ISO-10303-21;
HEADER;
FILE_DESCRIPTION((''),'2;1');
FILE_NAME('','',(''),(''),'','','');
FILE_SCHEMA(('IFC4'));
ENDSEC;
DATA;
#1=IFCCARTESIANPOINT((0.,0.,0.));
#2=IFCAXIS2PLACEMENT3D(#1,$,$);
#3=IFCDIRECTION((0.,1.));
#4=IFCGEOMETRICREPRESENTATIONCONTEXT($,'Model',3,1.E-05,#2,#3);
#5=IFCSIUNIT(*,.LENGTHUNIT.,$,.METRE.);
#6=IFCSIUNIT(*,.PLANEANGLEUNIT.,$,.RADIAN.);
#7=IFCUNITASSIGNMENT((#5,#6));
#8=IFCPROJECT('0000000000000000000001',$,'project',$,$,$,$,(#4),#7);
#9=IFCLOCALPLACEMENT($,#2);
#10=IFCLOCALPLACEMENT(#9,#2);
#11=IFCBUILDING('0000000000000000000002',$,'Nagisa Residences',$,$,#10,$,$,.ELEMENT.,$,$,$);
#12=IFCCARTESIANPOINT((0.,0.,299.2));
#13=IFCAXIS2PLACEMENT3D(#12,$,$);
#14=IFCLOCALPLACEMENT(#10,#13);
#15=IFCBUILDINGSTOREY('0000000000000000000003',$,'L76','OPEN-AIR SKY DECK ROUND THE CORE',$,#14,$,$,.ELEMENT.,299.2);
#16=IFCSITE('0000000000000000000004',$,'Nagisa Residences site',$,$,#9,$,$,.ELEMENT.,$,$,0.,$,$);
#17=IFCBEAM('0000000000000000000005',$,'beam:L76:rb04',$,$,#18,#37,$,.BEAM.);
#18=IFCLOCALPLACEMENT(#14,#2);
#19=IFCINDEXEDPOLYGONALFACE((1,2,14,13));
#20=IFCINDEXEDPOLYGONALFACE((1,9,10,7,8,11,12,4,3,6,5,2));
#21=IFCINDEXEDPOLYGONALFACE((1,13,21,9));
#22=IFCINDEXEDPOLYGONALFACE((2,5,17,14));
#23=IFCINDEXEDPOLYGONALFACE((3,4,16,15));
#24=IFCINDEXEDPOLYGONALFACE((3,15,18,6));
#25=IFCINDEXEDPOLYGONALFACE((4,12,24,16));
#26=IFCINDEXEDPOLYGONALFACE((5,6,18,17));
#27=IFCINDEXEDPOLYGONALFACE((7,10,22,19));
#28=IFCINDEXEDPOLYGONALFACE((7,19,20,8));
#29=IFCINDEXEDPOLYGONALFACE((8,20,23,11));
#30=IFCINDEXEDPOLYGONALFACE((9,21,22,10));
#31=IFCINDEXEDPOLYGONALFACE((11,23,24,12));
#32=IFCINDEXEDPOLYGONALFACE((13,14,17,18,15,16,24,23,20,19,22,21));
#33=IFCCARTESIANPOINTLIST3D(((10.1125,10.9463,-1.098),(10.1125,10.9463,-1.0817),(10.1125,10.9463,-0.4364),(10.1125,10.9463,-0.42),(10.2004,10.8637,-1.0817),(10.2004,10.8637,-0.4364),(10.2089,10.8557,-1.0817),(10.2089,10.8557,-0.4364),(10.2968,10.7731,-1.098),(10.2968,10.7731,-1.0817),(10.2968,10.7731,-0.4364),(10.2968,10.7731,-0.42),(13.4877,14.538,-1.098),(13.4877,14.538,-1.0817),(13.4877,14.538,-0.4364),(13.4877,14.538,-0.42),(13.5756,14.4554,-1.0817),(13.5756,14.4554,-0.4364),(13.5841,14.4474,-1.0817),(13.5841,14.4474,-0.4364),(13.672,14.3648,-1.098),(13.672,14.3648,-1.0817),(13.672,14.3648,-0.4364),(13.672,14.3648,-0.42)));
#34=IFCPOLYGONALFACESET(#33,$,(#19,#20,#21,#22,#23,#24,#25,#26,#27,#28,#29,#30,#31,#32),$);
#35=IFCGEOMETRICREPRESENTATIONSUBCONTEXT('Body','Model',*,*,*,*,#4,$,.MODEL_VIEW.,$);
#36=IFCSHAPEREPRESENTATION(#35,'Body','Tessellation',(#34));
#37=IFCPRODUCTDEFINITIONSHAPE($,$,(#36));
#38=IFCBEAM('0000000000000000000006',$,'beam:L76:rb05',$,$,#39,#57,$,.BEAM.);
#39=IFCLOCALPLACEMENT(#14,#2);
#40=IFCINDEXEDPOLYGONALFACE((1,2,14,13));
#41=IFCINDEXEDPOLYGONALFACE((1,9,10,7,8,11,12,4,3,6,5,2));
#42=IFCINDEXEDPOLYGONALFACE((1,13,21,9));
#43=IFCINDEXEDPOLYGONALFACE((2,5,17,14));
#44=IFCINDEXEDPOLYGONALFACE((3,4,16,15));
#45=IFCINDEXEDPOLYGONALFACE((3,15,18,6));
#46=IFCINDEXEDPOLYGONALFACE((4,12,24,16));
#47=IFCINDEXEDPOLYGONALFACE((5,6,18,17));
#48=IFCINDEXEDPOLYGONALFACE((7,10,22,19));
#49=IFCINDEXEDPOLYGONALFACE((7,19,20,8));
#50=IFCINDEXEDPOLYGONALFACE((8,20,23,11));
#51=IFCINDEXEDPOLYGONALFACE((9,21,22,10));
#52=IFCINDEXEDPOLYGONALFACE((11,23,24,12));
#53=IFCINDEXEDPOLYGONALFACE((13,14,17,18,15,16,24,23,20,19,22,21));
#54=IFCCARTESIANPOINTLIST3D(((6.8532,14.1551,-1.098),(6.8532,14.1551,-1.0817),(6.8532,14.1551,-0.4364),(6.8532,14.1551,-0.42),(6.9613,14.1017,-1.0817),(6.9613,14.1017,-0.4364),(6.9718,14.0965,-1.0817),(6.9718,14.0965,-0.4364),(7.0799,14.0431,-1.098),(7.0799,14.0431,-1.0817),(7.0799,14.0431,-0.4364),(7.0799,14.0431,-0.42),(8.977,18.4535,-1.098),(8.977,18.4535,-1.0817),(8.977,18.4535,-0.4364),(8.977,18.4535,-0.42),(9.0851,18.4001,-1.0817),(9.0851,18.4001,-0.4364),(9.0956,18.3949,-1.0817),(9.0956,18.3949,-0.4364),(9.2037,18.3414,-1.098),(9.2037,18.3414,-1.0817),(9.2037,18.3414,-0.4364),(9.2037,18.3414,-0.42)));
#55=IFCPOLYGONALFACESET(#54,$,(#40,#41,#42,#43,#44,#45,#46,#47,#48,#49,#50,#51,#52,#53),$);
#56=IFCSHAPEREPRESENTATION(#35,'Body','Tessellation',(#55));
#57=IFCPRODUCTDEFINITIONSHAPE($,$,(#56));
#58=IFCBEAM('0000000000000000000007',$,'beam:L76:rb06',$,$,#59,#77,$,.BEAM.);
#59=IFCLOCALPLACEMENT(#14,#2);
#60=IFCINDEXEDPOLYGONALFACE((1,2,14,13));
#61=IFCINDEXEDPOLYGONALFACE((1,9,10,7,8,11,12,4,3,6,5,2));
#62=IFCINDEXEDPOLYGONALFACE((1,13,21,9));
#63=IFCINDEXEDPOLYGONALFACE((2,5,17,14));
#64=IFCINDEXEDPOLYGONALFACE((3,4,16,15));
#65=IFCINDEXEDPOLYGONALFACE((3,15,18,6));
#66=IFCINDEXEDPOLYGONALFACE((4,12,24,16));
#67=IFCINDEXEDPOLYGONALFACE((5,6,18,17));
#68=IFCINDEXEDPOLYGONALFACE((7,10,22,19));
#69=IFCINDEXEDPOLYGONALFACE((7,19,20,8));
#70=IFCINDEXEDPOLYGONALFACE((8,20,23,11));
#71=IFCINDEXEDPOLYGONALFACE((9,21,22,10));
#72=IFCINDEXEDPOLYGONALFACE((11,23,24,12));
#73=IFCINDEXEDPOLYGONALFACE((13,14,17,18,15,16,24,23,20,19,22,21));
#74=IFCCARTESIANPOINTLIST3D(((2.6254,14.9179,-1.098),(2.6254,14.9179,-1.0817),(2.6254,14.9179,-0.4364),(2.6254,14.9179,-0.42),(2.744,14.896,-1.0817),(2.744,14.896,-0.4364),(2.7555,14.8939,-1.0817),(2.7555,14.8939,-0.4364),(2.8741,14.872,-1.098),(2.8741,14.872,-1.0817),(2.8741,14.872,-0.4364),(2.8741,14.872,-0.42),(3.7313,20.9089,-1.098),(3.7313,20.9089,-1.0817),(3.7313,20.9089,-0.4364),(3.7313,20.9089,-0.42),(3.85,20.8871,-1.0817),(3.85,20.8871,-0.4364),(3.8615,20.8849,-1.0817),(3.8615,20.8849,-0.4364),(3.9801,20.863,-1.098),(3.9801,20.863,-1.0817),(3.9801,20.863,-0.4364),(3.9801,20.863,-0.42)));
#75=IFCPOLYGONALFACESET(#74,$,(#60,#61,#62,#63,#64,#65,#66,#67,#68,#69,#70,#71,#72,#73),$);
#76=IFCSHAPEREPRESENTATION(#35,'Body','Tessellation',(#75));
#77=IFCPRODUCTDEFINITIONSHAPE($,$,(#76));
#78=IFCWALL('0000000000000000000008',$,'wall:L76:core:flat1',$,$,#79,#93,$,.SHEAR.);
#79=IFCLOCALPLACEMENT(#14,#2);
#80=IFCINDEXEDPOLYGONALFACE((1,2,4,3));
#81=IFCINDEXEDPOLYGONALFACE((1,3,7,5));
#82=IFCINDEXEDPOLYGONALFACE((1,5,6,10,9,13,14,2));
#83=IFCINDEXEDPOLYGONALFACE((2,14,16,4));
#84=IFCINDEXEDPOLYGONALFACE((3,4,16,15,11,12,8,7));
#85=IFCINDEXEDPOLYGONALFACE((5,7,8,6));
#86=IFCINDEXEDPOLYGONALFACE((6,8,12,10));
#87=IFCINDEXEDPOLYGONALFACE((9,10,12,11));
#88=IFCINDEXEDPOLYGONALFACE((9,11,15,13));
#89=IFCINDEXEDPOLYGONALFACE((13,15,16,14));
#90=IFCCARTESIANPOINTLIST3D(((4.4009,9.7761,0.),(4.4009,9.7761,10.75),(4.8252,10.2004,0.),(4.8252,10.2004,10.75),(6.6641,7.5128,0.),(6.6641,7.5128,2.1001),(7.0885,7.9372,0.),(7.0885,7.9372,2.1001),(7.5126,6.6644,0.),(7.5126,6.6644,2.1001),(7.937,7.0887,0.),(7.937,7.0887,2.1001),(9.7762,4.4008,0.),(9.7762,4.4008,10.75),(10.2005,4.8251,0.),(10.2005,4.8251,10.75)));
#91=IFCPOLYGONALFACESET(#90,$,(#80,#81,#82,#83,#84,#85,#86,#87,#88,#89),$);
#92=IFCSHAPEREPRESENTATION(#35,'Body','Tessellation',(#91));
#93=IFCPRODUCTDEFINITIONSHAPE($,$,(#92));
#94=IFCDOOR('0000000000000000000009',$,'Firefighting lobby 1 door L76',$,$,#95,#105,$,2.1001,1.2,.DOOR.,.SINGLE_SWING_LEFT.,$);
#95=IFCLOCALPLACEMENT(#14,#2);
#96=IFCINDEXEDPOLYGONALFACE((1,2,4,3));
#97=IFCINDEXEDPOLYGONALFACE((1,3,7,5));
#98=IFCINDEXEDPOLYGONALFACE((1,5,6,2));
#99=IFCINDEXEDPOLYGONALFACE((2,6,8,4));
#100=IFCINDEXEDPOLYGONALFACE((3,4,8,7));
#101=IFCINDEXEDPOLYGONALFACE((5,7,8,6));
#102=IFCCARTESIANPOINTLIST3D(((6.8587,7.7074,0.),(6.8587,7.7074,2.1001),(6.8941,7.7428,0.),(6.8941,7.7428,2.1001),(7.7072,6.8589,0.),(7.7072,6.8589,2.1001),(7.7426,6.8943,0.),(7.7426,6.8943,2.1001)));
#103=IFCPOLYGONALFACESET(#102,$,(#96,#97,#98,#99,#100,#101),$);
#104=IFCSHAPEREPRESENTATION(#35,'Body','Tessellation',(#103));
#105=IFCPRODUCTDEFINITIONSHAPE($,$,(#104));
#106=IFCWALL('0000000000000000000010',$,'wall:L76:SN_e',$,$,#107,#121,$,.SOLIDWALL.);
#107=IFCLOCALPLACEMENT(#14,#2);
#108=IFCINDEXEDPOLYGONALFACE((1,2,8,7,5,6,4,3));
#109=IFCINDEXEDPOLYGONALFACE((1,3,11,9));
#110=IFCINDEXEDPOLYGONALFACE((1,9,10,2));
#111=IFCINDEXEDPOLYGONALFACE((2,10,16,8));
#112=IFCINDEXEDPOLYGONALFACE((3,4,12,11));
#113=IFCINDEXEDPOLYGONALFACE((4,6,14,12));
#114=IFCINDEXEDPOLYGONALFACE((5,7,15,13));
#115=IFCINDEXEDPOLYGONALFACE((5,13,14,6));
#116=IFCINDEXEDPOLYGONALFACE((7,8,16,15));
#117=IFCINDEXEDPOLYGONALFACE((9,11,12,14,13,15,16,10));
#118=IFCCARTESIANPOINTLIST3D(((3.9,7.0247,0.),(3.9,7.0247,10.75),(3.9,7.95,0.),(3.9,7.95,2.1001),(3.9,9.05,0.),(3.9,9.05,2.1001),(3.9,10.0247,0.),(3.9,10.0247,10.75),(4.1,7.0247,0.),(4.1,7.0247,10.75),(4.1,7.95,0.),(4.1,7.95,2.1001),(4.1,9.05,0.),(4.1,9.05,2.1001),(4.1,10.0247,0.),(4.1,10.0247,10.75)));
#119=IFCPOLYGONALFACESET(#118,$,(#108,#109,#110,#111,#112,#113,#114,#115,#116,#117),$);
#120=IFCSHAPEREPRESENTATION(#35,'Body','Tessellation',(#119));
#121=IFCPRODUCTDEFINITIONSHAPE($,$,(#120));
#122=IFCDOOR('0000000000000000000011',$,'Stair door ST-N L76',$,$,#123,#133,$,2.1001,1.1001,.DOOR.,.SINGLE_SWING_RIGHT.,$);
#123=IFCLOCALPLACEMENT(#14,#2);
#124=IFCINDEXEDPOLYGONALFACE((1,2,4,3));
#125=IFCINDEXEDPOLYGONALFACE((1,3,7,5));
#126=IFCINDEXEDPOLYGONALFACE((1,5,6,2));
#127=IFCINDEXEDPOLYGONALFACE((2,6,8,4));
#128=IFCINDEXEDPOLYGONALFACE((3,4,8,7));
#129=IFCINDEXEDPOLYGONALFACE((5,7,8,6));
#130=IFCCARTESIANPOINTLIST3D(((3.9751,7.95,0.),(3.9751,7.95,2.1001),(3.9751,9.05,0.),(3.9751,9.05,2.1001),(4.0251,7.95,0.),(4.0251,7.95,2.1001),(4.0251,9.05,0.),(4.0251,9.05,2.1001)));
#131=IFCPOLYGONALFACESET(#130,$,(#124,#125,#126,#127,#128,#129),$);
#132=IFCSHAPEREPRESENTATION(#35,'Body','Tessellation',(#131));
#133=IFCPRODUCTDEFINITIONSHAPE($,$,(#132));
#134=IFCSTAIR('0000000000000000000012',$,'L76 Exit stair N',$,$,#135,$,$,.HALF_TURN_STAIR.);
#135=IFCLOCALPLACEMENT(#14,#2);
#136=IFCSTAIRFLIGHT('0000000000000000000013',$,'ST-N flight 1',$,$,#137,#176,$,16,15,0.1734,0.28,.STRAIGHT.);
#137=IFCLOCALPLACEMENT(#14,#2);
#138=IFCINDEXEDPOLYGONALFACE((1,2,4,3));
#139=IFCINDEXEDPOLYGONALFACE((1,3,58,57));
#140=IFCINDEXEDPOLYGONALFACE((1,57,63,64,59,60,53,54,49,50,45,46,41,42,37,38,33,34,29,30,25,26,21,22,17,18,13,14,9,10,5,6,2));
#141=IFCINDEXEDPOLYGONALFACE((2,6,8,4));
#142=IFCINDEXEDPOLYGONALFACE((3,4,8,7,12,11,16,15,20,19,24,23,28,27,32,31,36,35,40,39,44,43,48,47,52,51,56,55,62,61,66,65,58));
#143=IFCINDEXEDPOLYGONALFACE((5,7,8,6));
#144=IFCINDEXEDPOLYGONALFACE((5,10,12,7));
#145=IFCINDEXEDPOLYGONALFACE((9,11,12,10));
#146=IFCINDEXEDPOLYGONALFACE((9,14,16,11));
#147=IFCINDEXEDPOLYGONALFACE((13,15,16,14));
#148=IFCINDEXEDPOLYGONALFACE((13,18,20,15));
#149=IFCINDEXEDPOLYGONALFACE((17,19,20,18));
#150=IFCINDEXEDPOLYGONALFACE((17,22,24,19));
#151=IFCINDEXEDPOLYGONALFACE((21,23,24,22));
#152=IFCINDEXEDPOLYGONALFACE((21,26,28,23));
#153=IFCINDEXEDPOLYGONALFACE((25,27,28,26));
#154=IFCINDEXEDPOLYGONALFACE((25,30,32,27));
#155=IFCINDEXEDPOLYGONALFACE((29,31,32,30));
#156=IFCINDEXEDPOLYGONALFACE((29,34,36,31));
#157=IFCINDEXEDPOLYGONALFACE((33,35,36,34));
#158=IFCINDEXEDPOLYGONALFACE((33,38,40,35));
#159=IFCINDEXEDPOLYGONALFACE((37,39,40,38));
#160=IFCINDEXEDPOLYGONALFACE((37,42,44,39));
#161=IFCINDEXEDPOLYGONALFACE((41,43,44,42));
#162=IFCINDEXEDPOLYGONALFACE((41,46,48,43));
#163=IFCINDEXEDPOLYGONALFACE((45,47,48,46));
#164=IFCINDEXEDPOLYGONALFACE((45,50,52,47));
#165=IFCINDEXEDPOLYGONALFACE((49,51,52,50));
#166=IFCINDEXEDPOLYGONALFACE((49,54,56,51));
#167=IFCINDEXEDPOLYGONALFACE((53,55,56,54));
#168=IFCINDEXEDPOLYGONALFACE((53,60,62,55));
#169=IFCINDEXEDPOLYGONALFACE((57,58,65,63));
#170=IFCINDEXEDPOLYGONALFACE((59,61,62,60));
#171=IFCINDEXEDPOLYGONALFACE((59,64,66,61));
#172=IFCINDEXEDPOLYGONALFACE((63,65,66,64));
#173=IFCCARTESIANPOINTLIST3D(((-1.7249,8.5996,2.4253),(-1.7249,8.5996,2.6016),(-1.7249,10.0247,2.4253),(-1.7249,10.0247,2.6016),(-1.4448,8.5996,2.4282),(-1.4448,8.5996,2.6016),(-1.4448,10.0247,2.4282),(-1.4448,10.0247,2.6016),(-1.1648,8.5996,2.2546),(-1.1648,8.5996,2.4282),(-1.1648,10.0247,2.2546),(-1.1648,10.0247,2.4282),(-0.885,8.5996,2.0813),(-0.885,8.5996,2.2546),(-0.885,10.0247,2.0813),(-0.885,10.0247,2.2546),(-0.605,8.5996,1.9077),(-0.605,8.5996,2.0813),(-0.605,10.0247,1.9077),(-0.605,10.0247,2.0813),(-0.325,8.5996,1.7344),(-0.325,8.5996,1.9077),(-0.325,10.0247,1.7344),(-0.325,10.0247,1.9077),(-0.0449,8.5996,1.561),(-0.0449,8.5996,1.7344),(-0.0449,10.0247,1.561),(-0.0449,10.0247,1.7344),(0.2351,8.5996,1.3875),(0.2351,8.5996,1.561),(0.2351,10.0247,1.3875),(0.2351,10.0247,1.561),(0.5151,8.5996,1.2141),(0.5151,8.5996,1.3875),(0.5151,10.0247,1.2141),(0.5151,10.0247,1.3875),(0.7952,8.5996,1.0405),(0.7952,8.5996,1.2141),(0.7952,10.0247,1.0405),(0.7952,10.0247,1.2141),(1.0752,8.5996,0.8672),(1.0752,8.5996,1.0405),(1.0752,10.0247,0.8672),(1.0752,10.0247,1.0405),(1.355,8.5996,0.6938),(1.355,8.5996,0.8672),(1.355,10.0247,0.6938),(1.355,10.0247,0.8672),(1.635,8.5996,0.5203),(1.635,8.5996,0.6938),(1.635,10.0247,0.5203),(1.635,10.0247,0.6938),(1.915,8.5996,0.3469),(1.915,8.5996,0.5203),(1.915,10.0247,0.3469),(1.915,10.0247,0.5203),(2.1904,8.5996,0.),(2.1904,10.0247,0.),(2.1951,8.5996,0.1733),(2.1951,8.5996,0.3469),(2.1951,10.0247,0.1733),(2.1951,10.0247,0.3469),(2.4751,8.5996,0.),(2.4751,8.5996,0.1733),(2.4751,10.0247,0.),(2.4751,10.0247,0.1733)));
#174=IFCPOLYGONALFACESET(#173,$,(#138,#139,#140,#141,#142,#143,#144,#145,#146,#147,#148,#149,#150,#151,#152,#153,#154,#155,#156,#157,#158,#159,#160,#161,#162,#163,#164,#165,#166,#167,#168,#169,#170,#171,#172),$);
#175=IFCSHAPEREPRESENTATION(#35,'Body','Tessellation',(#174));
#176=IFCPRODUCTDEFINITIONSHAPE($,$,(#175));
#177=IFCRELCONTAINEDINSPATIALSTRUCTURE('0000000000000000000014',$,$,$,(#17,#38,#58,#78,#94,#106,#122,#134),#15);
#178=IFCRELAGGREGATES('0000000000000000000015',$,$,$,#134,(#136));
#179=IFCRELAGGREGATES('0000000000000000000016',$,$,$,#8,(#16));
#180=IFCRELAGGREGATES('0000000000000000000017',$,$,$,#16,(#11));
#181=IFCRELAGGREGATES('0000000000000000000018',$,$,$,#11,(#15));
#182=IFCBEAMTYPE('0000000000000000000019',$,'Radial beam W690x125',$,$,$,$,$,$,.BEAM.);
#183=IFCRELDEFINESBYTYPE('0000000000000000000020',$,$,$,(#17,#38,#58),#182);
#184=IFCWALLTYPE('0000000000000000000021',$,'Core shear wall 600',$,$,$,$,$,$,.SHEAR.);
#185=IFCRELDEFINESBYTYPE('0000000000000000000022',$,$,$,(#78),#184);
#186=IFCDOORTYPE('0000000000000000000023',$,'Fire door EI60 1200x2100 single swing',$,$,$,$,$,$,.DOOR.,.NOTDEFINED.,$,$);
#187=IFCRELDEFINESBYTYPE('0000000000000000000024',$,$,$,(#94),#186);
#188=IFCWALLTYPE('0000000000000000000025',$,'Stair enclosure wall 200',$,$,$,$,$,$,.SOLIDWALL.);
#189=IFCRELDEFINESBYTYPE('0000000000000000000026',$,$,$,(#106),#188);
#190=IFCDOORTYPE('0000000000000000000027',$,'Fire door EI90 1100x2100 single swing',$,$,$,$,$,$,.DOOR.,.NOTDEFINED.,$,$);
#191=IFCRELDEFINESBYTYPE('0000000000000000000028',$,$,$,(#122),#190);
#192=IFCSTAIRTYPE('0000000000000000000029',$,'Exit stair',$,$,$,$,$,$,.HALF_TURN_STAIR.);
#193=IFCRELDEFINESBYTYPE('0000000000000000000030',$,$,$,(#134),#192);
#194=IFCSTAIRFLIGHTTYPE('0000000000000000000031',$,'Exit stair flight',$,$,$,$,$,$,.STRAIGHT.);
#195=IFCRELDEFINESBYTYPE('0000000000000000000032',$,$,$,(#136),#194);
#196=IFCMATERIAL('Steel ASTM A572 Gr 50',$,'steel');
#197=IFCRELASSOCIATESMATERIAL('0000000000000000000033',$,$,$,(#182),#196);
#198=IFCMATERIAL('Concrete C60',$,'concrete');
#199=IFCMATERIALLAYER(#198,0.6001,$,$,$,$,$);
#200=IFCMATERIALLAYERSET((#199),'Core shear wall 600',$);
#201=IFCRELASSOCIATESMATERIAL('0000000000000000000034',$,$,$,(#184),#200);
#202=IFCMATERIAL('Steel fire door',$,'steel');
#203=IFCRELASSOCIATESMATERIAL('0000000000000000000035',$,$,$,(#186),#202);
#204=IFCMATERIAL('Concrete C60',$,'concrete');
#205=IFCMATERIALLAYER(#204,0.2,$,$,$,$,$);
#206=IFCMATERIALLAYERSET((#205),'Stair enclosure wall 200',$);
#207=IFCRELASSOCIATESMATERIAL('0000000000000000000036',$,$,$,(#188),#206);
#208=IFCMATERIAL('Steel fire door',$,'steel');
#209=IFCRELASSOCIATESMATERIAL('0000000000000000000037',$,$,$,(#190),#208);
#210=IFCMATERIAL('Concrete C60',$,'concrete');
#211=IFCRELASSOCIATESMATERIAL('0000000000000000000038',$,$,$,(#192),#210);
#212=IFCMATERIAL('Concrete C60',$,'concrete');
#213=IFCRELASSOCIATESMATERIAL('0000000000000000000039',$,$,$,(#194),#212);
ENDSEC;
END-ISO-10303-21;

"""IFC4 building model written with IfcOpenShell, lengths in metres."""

from ifc_helpers import new_model, si_unit, direction, frame, frame_2d, origin, origin_2d, place, context, subcontext, project, spatial, polyline, rectangle, i_section, outline, extrude, material, layer, layer_set, material_profile, profile_set, type_object, element, fill, aggregate, save


model = new_model("IFC4")

# Units and contexts
model_context = context("Model", 3, precision=1e-05, world=origin(), true_north=direction((0.0, 1.0)))
body_context = subcontext(model_context, "Body", "Model", "MODEL_VIEW")
ifc_project = project(units=[si_unit("LENGTHUNIT", "METRE"), si_unit("PLANEANGLEUNIT", "RADIAN")], contexts=[model_context])

# Site, building, storey
site_placement = place(None, origin())
site = spatial("IfcSite", under=ifc_project, at=site_placement, Name="Nagisa Residences site", CompositionType="ELEMENT", RefElevation=0.0)
building_placement = place(site_placement, origin())
building = spatial("IfcBuilding", under=site, at=building_placement, Name="Nagisa Residences", CompositionType="ELEMENT")
storey_placement = place(building_placement, frame((0.0, 0.0, 299.2)))
storey = spatial("IfcBuildingStorey", under=building, at=storey_placement, Name="L76", Description="OPEN-AIR SKY DECK ROUND THE CORE", CompositionType="ELEMENT", Elevation=299.2)

# Beams
ifc_material_1 = material(Name="Steel ASTM A572 Gr 50", Category="steel")
ifc_material_profile_1 = material_profile(ifc_material_1, i_section(OverallWidth=0.2529, OverallDepth=0.678, WebThickness=0.0117, FlangeThickness=0.0164, at=origin_2d()), Name="W690x125")
ifc_profile_set_1 = profile_set([ifc_material_profile_1], Name="Steel ASTM A572 Gr 50")
beam_type_1 = type_object("IfcBeamType", Name="Radial beam W690x125", PredefinedType="BEAM", material=ifc_profile_set_1)
beam_1_placement = place(storey_placement, frame((13.5798, 14.4514, -0.759), z_axis=(-0.684797, -0.728733, 0.0), x_axis=(0.728733, -0.684797, 0.0)))
element("IfcBeam", 1, at=beam_1_placement, inside=storey, type_object=beam_type_1, Name="beam:L76:rb04", PredefinedType="BEAM", context=body_context, shape_type="SweptSolid", body=[
    extrude(i_section(OverallWidth=0.2529, OverallDepth=0.678, WebThickness=0.0117, FlangeThickness=0.0164, at=origin_2d()), origin(), (0.0, 0.0, 1.0), 4.9287),
])
beam_2_placement = place(storey_placement, frame((9.0903, 18.3975, -0.759), z_axis=(-0.442972, -0.896536, 0.0), x_axis=(0.896536, -0.442972, 0.0)))
element("IfcBeam", 2, at=beam_2_placement, inside=storey, type_object=beam_type_1, Name="beam:L76:rb05", PredefinedType="BEAM", context=body_context, shape_type="SweptSolid", body=[
    extrude(i_section(OverallWidth=0.2529, OverallDepth=0.678, WebThickness=0.0117, FlangeThickness=0.0164, at=origin_2d()), origin(), (0.0, 0.0, 1.0), 4.7944),
])
beam_3_placement = place(storey_placement, frame((3.8557, 20.886, -0.759), z_axis=(-0.181537, -0.983384, 0.0), x_axis=(0.983384, -0.181537, 0.0)))
element("IfcBeam", 3, at=beam_3_placement, inside=storey, type_object=beam_type_1, Name="beam:L76:rb06", PredefinedType="BEAM", context=body_context, shape_type="SweptSolid", body=[
    extrude(i_section(OverallWidth=0.2529, OverallDepth=0.678, WebThickness=0.0117, FlangeThickness=0.0164, at=origin_2d()), origin(), (0.0, 0.0, 1.0), 6.0923),
])

# Walls, openings, doors
ifc_material_2 = material(Name="Concrete C60", Category="concrete")
ifc_layer_1 = layer(ifc_material_2, 0.6001)
ifc_layer_set_1 = layer_set([ifc_layer_1], Name="Core shear wall 600")
wall_type_1 = type_object("IfcWallType", Name="Core shear wall 600", PredefinedType="SHEAR", material=ifc_layer_set_1)
wall_1_placement = place(storey_placement, frame((9.9883, 4.613, 0.0), z_axis=(0.0, 0.0, 1.0), x_axis=(-0.707107, 0.707107, 0.0)))
wall_1 = element("IfcWall", 4, at=wall_1_placement, inside=storey, type_object=wall_type_1, Name="wall:L76:core:flat1", PredefinedType="SHEAR", context=body_context, shape_type="SweptSolid", body=[
    extrude(rectangle(XDim=7.6018, YDim=0.6001, at=frame_2d((3.8008, 0.0))), origin(), (0.0, 0.0, 1.0), 10.75),
])
opening_1_placement = place(wall_1_placement, frame((3.2009, 0.0, 0.0)))
opening_1 = element("IfcOpeningElement", 5, at=opening_1_placement, cuts=wall_1, PredefinedType="OPENING", context=body_context, shape_type="SweptSolid", body=[
    extrude(rectangle(XDim=1.2, YDim=2.1001, at=frame_2d((0.6001, 1.05))), frame((0.0, 0.3101, 0.0), z_axis=(0.0, -1.0, 0.0), x_axis=(1.0, 0.0, 0.0)), (0.0, 0.0, 1.0), 0.6201),
])
ifc_material_3 = material(Name="Steel fire door", Category="steel")
door_type_1 = type_object("IfcDoorType", Name="Fire door EI60 1200x2100 single swing", OperationType="NOTDEFINED", PredefinedType="DOOR", material=ifc_material_3)
door_1_placement = place(opening_1_placement, origin())
door_1 = element("IfcDoor", 6, at=door_1_placement, inside=storey, type_object=door_type_1, Name="Firefighting lobby 1 door L76", OperationType="SINGLE_SWING_LEFT", OverallHeight=2.1001, OverallWidth=1.2, PredefinedType="DOOR", context=body_context, shape_type="SweptSolid", body=[
    extrude(rectangle(XDim=1.2, YDim=2.1001, at=frame_2d((0.6001, 1.05))), frame((0.0, 0.0249, 0.0), z_axis=(0.0, -1.0, 0.0), x_axis=(1.0, 0.0, 0.0)), (0.0, 0.0, 1.0), 0.05),
])
fill(opening_1, door_1)
ifc_material_4 = material(Name="Concrete C60", Category="concrete")
ifc_layer_2 = layer(ifc_material_4, 0.2)
ifc_layer_set_2 = layer_set([ifc_layer_2], Name="Stair enclosure wall 200")
wall_type_2 = type_object("IfcWallType", Name="Stair enclosure wall 200", PredefinedType="SOLIDWALL", material=ifc_layer_set_2)
wall_2_placement = place(storey_placement, frame((4.0, 7.0247, 0.0), z_axis=(0.0, 0.0, 1.0), x_axis=(0.0, 1.0, 0.0)))
wall_2 = element("IfcWall", 7, at=wall_2_placement, inside=storey, type_object=wall_type_2, Name="wall:L76:SN_e", PredefinedType="SOLIDWALL", context=body_context, shape_type="SweptSolid", body=[
    extrude(rectangle(XDim=3.0, YDim=0.2, at=frame_2d((1.5, 0.0))), origin(), (0.0, 0.0, 1.0), 10.75),
])
opening_2_placement = place(wall_2_placement, frame((0.9253, 0.0, 0.0)))
opening_2 = element("IfcOpeningElement", 8, at=opening_2_placement, cuts=wall_2, PredefinedType="OPENING", context=body_context, shape_type="SweptSolid", body=[
    extrude(rectangle(XDim=1.1001, YDim=2.1001, at=frame_2d((0.55, 1.05))), frame((0.0, 0.1099, 0.0), z_axis=(0.0, -1.0, 0.0), x_axis=(1.0, 0.0, 0.0)), (0.0, 0.0, 1.0), 0.22),
])
ifc_material_5 = material(Name="Steel fire door", Category="steel")
door_type_2 = type_object("IfcDoorType", Name="Fire door EI90 1100x2100 single swing", OperationType="NOTDEFINED", PredefinedType="DOOR", material=ifc_material_5)
door_2_placement = place(opening_2_placement, origin())
door_2 = element("IfcDoor", 9, at=door_2_placement, inside=storey, type_object=door_type_2, Name="Stair door ST-N L76", OperationType="SINGLE_SWING_RIGHT", OverallHeight=2.1001, OverallWidth=1.1001, PredefinedType="DOOR", context=body_context, shape_type="SweptSolid", body=[
    extrude(rectangle(XDim=1.1001, YDim=2.1001, at=frame_2d((0.55, 1.05))), frame((0.0, 0.0249, 0.0), z_axis=(0.0, -1.0, 0.0), x_axis=(1.0, 0.0, 0.0)), (0.0, 0.0, 1.0), 0.05),
])
fill(opening_2, door_2)

# Stair, stair flight
ifc_material_6 = material(Name="Concrete C60", Category="concrete")
stair_type = type_object("IfcStairType", Name="Exit stair", PredefinedType="HALF_TURN_STAIR", material=ifc_material_6)
stair_placement = place(storey_placement, origin())
stair = element("IfcStair", 10, at=stair_placement, inside=storey, type_object=stair_type, Name="L76 Exit stair N", PredefinedType="HALF_TURN_STAIR")
ifc_material_7 = material(Name="Concrete C60", Category="concrete")
stair_flight_type = type_object("IfcStairFlightType", Name="Exit stair flight", PredefinedType="STRAIGHT", material=ifc_material_7)
stair_flight_1_placement = place(storey_placement, frame((2.4751, 9.312, 0.0), z_axis=(0.0, 0.0, 1.0), x_axis=(-1.0, 0.0, 0.0)))
stair_flight_1 = element("IfcStairFlight", 11, at=stair_flight_1_placement, type_object=stair_flight_type, Name="ST-N flight 1", NumberOfRisers=16, NumberOfTreads=15, PredefinedType="STRAIGHT", RiserHeight=0.1734, TreadLength=0.28, context=body_context, shape_type="SweptSolid", body=[
    extrude(outline(polyline([(0.0, 0.0), (0.0, 0.1733), (0.28, 0.1733), (0.28, 0.3469), (0.5601, 0.3469), (0.5601, 0.5203), (0.8401, 0.5203), (0.8401, 0.6938), (1.1201, 0.6938), (1.1201, 0.8672), (1.3999, 0.8672), (1.3999, 1.0405), (1.6799, 1.0405), (1.6799, 1.2141), (1.96, 1.2141), (1.96, 1.3875), (2.24, 1.3875), (2.24, 1.561), (2.52, 1.561), (2.52, 1.7344), (2.8, 1.7344), (2.8, 1.9077), (3.0801, 1.9077), (3.0801, 2.0813), (3.3601, 2.0813), (3.3601, 2.2546), (3.6399, 2.2546), (3.6399, 2.4282), (3.9199, 2.4282), (3.9199, 2.6016), (4.2, 2.6016), (4.2, 2.7749), (4.2, 2.4253), (0.2847, 0.0), (0.0, 0.0)])), frame((0.0, 0.7124, 0.0), z_axis=(0.0, -1.0, 0.0), x_axis=(1.0, 0.0, 0.0)), (0.0, 0.0, 1.0), 1.425),
])
aggregate(stair, [stair_flight_1])

save(model, "model.ifc")
